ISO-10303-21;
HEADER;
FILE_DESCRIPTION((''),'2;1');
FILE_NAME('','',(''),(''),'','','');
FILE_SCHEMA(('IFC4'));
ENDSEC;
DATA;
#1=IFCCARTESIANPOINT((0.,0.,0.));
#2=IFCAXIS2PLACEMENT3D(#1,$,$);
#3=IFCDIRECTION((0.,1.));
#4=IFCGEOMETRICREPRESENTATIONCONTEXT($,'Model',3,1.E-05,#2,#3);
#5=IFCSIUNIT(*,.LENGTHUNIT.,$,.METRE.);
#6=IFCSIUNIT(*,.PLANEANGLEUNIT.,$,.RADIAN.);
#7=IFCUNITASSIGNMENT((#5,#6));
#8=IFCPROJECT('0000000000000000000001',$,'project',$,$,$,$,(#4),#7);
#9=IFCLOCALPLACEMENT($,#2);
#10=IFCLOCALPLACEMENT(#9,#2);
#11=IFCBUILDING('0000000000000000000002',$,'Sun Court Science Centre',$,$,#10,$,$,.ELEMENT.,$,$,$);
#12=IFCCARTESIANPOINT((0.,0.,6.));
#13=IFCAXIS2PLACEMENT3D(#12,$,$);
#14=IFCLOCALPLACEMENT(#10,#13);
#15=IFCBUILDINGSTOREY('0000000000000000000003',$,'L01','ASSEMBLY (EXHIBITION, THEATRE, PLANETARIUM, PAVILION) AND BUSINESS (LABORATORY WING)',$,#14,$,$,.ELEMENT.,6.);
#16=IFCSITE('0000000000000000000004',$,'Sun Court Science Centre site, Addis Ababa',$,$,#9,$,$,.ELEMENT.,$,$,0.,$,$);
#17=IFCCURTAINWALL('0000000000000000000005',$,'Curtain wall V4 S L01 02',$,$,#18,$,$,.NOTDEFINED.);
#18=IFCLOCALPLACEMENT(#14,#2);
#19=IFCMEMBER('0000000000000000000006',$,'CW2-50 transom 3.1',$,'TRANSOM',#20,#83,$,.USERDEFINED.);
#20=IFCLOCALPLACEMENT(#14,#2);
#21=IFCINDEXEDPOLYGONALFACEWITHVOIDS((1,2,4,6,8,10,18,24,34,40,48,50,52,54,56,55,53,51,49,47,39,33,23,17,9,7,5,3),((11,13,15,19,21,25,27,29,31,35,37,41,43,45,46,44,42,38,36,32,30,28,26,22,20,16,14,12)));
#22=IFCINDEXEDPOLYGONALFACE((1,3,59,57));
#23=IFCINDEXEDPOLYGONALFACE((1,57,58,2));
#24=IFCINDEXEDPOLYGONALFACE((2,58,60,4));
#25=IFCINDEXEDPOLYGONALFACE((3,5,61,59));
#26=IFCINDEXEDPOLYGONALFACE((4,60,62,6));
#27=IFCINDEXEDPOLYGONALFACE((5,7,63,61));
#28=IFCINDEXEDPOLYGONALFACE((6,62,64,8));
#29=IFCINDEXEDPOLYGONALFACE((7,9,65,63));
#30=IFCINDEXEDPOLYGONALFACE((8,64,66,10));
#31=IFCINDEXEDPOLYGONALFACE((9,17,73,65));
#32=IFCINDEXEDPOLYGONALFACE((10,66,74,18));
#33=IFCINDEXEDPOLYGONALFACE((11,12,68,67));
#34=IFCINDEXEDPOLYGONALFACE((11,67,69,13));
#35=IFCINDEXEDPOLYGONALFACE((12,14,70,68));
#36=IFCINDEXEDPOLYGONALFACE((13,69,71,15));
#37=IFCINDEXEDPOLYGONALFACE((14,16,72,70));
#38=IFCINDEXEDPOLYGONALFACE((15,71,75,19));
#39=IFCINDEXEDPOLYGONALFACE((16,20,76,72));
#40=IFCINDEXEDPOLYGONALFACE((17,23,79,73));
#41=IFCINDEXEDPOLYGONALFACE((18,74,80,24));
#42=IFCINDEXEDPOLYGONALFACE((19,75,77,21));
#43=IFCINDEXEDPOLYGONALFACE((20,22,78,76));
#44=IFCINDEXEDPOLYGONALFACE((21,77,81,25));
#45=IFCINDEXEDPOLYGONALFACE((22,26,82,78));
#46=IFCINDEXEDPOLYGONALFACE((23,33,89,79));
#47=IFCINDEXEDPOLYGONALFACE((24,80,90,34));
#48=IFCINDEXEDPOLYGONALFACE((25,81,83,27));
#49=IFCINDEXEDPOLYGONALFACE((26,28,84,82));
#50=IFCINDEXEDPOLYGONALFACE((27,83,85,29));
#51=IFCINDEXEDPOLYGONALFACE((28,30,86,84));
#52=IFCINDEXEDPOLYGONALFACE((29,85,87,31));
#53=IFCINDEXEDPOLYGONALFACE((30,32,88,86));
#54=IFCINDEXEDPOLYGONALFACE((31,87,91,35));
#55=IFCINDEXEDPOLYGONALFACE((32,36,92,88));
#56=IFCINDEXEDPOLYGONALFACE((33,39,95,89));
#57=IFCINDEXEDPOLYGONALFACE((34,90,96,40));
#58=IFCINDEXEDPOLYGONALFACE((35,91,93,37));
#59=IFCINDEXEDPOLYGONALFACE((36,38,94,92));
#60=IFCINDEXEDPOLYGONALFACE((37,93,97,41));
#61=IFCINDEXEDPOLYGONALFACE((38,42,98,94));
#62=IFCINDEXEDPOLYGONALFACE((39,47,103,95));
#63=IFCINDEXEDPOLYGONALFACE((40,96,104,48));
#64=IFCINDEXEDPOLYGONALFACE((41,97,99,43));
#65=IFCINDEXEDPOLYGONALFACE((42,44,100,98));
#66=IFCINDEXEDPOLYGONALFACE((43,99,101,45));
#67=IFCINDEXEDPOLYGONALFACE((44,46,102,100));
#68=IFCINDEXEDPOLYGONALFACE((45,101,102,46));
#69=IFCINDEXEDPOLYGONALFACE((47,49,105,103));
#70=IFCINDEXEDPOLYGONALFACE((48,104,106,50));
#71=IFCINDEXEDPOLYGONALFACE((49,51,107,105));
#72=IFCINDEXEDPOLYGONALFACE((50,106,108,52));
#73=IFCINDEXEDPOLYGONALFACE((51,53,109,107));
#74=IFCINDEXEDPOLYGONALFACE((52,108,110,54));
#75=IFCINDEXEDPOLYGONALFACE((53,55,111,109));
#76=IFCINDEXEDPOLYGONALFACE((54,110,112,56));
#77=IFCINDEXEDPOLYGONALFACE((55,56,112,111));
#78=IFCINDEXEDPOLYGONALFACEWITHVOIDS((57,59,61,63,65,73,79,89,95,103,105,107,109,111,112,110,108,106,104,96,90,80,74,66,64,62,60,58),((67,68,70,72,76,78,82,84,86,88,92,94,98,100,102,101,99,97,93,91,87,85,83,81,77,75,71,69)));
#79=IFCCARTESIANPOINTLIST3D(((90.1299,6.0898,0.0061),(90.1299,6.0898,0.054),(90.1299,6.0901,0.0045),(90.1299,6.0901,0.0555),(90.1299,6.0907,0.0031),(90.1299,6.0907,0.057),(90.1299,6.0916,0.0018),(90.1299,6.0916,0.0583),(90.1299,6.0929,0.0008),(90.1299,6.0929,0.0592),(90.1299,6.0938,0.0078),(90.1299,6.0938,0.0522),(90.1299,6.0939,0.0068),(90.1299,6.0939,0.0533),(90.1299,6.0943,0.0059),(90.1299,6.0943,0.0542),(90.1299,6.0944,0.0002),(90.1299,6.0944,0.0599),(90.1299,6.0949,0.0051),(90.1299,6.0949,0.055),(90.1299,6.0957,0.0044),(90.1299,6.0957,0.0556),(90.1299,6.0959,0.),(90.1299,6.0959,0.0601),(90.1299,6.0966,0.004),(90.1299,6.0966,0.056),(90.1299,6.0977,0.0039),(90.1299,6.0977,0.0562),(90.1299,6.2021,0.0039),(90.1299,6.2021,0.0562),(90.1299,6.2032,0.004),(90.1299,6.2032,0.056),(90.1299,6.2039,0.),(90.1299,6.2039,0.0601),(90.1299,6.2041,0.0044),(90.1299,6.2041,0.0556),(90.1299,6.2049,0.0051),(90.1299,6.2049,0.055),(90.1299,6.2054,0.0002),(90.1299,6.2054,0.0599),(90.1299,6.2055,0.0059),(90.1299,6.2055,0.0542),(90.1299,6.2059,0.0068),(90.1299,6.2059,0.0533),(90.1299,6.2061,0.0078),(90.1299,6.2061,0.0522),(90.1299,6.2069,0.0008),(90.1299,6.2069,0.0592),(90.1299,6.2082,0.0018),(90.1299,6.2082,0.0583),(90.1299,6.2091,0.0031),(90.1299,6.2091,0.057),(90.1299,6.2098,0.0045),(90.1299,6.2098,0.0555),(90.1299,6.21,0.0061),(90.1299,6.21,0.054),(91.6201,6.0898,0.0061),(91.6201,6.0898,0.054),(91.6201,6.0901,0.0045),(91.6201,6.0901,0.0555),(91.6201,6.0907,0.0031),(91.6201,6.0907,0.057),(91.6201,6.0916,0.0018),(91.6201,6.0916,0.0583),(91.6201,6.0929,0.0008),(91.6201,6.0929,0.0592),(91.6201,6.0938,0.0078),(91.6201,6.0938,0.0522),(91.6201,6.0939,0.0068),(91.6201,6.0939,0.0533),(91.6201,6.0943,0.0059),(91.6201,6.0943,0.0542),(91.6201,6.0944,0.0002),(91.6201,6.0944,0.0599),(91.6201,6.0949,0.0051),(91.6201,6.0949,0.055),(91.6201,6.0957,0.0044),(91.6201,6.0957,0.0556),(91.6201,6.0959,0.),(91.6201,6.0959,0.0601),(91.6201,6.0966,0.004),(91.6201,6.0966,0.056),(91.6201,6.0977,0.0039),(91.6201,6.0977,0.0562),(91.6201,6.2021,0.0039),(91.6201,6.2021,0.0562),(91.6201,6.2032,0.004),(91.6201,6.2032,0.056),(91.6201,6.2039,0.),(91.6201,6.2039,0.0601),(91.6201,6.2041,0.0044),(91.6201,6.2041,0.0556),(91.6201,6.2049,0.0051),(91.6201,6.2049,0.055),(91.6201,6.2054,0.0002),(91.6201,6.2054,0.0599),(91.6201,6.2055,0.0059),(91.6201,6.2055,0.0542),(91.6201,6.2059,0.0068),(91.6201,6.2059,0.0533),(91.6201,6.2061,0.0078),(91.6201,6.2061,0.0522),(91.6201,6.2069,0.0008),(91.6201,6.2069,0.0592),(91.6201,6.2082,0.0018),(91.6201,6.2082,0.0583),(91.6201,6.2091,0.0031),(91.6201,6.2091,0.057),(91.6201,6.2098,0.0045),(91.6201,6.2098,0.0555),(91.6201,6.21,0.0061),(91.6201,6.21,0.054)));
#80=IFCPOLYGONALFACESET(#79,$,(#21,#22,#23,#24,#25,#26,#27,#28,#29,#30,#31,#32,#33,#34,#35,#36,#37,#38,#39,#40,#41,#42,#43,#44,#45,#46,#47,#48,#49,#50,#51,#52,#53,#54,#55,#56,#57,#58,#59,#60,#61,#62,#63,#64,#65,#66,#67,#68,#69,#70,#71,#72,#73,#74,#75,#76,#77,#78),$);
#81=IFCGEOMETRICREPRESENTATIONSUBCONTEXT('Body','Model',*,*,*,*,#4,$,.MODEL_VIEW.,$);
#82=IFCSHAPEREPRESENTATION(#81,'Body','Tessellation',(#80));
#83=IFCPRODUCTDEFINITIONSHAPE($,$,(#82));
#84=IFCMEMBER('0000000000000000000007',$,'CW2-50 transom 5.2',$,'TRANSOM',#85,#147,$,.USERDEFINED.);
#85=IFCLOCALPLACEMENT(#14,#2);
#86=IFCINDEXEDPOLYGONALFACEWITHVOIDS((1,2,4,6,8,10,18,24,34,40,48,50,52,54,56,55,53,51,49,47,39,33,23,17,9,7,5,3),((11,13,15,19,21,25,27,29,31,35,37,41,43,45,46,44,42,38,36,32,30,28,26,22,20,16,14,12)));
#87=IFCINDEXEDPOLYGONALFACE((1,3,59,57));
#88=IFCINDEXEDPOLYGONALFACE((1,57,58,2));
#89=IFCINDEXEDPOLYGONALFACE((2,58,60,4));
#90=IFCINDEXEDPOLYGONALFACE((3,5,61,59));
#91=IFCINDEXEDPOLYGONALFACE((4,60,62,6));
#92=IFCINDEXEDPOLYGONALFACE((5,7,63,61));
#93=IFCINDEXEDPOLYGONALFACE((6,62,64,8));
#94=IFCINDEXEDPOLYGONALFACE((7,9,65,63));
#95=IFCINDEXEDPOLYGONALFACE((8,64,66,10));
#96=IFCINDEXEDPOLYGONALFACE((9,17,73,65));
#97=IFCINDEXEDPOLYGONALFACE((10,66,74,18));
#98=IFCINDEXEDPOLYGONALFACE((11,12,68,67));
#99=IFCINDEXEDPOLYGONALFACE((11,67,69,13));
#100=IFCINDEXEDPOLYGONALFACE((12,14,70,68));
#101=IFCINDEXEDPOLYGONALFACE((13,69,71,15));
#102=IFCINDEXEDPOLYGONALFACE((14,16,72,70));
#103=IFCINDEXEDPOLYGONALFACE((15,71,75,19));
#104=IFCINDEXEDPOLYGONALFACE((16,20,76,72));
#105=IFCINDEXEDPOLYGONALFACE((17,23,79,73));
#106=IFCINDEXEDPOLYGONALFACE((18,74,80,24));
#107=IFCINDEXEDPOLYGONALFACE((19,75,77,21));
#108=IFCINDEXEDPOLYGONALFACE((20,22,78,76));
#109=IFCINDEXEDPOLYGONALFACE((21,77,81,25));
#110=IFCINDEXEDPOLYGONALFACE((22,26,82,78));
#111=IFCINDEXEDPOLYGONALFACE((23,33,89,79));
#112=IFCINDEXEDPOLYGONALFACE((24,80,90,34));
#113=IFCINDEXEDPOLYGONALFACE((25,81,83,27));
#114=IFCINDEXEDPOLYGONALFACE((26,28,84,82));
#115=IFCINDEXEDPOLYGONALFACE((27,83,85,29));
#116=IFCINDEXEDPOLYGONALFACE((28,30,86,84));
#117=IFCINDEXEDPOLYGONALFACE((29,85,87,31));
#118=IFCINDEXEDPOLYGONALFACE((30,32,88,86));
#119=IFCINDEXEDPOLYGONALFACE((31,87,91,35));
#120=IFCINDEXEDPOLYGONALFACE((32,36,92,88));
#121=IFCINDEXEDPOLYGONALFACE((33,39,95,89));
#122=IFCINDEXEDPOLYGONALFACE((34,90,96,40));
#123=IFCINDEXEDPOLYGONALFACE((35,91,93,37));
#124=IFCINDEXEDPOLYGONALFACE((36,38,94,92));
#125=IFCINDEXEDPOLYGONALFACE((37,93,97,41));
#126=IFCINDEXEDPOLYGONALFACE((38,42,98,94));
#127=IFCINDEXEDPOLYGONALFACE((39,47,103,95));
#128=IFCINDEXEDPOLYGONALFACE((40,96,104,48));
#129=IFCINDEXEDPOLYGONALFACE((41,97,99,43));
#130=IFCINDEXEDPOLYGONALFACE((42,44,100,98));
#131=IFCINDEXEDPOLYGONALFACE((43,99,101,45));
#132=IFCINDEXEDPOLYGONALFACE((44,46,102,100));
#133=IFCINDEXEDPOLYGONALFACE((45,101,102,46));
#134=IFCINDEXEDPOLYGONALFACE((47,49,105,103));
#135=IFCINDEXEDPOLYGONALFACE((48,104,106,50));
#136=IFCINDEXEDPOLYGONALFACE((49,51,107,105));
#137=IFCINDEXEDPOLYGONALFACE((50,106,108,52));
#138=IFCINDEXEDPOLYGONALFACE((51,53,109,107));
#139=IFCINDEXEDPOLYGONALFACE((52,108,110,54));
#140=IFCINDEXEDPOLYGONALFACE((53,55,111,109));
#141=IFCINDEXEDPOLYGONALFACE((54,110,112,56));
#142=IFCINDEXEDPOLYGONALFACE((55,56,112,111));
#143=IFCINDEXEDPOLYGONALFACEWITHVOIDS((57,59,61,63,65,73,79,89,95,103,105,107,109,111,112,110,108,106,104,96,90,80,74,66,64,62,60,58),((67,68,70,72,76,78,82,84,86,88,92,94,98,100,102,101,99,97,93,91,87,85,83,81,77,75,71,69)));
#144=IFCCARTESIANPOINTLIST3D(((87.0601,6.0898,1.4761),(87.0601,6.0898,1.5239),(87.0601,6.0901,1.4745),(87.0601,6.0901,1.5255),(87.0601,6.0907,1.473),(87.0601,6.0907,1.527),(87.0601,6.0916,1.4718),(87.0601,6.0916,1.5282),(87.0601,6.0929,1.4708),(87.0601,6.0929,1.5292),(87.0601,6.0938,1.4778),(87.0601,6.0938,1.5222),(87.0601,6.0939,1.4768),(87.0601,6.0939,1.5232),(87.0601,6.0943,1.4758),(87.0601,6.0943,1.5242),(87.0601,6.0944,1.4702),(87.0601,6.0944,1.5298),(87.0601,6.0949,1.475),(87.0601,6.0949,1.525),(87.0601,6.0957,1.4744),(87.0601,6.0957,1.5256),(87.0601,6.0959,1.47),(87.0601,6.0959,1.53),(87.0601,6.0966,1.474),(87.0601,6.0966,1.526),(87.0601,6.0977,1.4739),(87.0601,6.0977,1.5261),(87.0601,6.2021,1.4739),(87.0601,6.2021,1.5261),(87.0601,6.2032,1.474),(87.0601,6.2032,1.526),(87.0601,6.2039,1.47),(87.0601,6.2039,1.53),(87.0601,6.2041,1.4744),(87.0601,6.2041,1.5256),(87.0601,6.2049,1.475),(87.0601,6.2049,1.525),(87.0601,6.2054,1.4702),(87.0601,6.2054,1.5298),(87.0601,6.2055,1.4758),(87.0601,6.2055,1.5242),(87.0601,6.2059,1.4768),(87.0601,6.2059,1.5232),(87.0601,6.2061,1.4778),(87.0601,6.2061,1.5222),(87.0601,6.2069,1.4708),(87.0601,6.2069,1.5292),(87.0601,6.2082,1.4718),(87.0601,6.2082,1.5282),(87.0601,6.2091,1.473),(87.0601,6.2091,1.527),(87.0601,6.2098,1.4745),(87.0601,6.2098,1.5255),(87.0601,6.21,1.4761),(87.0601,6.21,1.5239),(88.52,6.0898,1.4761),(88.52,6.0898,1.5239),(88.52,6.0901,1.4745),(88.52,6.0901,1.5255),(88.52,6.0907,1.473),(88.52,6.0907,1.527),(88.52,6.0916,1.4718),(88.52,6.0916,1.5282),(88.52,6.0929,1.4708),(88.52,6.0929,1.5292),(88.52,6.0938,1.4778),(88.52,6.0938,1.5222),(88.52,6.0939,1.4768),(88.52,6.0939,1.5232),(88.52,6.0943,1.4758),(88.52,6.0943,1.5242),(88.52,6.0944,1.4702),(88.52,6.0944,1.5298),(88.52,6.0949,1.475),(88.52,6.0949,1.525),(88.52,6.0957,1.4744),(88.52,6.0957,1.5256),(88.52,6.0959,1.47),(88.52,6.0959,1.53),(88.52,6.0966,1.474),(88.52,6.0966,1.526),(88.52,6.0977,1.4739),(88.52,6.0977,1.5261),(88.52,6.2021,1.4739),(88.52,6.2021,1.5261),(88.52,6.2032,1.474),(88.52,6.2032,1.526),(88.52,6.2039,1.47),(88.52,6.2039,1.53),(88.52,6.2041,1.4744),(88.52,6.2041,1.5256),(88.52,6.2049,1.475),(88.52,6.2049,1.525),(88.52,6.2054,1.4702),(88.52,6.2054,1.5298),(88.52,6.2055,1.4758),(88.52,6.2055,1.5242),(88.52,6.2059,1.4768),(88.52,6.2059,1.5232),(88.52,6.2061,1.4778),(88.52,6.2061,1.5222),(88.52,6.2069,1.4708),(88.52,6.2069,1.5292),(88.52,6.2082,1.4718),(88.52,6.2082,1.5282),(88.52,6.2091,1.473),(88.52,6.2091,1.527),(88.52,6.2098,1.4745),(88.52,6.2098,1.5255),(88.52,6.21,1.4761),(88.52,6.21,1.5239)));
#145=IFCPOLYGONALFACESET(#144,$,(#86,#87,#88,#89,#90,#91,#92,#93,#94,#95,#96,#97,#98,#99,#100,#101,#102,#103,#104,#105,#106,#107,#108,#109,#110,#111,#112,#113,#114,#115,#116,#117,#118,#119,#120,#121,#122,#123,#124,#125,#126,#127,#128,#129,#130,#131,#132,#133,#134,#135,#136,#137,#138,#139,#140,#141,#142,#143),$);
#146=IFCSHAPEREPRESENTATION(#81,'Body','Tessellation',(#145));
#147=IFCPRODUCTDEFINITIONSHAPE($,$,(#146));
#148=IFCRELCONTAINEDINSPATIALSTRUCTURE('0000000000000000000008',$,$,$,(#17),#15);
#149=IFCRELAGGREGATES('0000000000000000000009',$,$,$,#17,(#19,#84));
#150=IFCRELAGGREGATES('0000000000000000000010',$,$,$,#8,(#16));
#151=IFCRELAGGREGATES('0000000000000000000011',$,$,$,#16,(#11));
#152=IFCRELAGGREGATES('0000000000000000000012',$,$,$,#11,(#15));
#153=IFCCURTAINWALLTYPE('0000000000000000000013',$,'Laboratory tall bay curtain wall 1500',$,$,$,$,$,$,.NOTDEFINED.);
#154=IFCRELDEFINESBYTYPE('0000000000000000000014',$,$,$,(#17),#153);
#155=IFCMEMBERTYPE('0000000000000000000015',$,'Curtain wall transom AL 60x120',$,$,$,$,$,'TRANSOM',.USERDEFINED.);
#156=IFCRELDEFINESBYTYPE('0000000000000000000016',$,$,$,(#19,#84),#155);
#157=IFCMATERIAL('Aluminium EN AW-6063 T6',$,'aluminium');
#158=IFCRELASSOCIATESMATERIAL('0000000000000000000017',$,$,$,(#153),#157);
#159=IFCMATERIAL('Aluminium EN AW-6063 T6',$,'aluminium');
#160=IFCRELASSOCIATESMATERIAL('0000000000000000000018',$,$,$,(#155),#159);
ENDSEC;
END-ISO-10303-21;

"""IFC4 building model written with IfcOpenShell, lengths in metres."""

from ifc_helpers import new_model, si_unit, direction, frame, origin, origin_2d, place, context, subcontext, project, spatial, hollow_rectangle, extrude, material, material_profile, profile_set, type_object, element, aggregate, save


model = new_model("IFC4")

# Units and contexts
model_context = context("Model", 3, precision=1e-05, world=origin(), true_north=direction((0.0, 1.0)))
body_context = subcontext(model_context, "Body", "Model", "MODEL_VIEW")
ifc_project = project(units=[si_unit("LENGTHUNIT", "METRE"), si_unit("PLANEANGLEUNIT", "RADIAN")], contexts=[model_context])

# Site, building, storey
site_placement = place(None, origin())
site = spatial("IfcSite", under=ifc_project, at=site_placement, Name="Sun Court Science Centre site, Addis Ababa", CompositionType="ELEMENT", RefElevation=0.0)
building_placement = place(site_placement, origin())
building = spatial("IfcBuilding", under=site, at=building_placement, Name="Sun Court Science Centre", CompositionType="ELEMENT")
storey_placement = place(building_placement, frame((0.0, 0.0, 6.0)))
storey = spatial("IfcBuildingStorey", under=building, at=storey_placement, Name="L01", Description="ASSEMBLY (EXHIBITION, THEATRE, PLANETARIUM, PAVILION) AND BUSINESS (LABORATORY WING)", CompositionType="ELEMENT", Elevation=6.0)

# Curtain wall, members
ifc_material_1 = material(Name="Aluminium EN AW-6063 T6", Category="aluminium")
curtain_wall_type = type_object("IfcCurtainWallType", Name="Laboratory tall bay curtain wall 1500", PredefinedType="NOTDEFINED", material=ifc_material_1)
curtain_wall_placement = place(storey_placement, origin())
curtain_wall = element("IfcCurtainWall", 1, at=curtain_wall_placement, inside=storey, type_object=curtain_wall_type, Name="Curtain wall V4 S L01 02", PredefinedType="NOTDEFINED")
ifc_material_2 = material(Name="Aluminium EN AW-6063 T6", Category="aluminium")
ifc_material_profile_1 = material_profile(ifc_material_2, hollow_rectangle(XDim=0.0601, YDim=0.1201, WallThickness=0.0039, InnerFilletRadius=0.0039, OuterFilletRadius=0.0061, at=origin_2d()), Name="AL 60x120x4")
ifc_profile_set_1 = profile_set([ifc_material_profile_1], Name="Aluminium EN AW-6063 T6")
member_type_1 = type_object("IfcMemberType", Name="Curtain wall transom AL 60x120", ElementType="TRANSOM", PredefinedType="USERDEFINED", material=ifc_profile_set_1)
member_1_placement = place(storey_placement, frame((91.6201, 6.1499, 0.03), z_axis=(-1.0, 0.0, 0.0), x_axis=(0.0, 0.0, 1.0)))
member_1 = element("IfcMember", 2, at=member_1_placement, type_object=member_type_1, Name="CW2-50 transom 3.1", ObjectType="TRANSOM", PredefinedType="USERDEFINED", context=body_context, shape_type="SweptSolid", body=[
    extrude(hollow_rectangle(XDim=0.0601, YDim=0.1201, WallThickness=0.0039, InnerFilletRadius=0.0039, OuterFilletRadius=0.0061, at=origin_2d()), origin(), (0.0, 0.0, 1.0), 1.4902),
])
member_2_placement = place(storey_placement, frame((88.52, 6.1499, 1.5), z_axis=(-1.0, 0.0, 0.0), x_axis=(0.0, 0.0, 1.0)))
member_2 = element("IfcMember", 3, at=member_2_placement, type_object=member_type_1, Name="CW2-50 transom 5.2", ObjectType="TRANSOM", PredefinedType="USERDEFINED", context=body_context, shape_type="SweptSolid", body=[
    extrude(hollow_rectangle(XDim=0.0601, YDim=0.1201, WallThickness=0.0039, InnerFilletRadius=0.0039, OuterFilletRadius=0.0061, at=origin_2d()), origin(), (0.0, 0.0, 1.0), 1.46),
])

aggregate(curtain_wall, [member_1, member_2])

save(model, "model.ifc")
